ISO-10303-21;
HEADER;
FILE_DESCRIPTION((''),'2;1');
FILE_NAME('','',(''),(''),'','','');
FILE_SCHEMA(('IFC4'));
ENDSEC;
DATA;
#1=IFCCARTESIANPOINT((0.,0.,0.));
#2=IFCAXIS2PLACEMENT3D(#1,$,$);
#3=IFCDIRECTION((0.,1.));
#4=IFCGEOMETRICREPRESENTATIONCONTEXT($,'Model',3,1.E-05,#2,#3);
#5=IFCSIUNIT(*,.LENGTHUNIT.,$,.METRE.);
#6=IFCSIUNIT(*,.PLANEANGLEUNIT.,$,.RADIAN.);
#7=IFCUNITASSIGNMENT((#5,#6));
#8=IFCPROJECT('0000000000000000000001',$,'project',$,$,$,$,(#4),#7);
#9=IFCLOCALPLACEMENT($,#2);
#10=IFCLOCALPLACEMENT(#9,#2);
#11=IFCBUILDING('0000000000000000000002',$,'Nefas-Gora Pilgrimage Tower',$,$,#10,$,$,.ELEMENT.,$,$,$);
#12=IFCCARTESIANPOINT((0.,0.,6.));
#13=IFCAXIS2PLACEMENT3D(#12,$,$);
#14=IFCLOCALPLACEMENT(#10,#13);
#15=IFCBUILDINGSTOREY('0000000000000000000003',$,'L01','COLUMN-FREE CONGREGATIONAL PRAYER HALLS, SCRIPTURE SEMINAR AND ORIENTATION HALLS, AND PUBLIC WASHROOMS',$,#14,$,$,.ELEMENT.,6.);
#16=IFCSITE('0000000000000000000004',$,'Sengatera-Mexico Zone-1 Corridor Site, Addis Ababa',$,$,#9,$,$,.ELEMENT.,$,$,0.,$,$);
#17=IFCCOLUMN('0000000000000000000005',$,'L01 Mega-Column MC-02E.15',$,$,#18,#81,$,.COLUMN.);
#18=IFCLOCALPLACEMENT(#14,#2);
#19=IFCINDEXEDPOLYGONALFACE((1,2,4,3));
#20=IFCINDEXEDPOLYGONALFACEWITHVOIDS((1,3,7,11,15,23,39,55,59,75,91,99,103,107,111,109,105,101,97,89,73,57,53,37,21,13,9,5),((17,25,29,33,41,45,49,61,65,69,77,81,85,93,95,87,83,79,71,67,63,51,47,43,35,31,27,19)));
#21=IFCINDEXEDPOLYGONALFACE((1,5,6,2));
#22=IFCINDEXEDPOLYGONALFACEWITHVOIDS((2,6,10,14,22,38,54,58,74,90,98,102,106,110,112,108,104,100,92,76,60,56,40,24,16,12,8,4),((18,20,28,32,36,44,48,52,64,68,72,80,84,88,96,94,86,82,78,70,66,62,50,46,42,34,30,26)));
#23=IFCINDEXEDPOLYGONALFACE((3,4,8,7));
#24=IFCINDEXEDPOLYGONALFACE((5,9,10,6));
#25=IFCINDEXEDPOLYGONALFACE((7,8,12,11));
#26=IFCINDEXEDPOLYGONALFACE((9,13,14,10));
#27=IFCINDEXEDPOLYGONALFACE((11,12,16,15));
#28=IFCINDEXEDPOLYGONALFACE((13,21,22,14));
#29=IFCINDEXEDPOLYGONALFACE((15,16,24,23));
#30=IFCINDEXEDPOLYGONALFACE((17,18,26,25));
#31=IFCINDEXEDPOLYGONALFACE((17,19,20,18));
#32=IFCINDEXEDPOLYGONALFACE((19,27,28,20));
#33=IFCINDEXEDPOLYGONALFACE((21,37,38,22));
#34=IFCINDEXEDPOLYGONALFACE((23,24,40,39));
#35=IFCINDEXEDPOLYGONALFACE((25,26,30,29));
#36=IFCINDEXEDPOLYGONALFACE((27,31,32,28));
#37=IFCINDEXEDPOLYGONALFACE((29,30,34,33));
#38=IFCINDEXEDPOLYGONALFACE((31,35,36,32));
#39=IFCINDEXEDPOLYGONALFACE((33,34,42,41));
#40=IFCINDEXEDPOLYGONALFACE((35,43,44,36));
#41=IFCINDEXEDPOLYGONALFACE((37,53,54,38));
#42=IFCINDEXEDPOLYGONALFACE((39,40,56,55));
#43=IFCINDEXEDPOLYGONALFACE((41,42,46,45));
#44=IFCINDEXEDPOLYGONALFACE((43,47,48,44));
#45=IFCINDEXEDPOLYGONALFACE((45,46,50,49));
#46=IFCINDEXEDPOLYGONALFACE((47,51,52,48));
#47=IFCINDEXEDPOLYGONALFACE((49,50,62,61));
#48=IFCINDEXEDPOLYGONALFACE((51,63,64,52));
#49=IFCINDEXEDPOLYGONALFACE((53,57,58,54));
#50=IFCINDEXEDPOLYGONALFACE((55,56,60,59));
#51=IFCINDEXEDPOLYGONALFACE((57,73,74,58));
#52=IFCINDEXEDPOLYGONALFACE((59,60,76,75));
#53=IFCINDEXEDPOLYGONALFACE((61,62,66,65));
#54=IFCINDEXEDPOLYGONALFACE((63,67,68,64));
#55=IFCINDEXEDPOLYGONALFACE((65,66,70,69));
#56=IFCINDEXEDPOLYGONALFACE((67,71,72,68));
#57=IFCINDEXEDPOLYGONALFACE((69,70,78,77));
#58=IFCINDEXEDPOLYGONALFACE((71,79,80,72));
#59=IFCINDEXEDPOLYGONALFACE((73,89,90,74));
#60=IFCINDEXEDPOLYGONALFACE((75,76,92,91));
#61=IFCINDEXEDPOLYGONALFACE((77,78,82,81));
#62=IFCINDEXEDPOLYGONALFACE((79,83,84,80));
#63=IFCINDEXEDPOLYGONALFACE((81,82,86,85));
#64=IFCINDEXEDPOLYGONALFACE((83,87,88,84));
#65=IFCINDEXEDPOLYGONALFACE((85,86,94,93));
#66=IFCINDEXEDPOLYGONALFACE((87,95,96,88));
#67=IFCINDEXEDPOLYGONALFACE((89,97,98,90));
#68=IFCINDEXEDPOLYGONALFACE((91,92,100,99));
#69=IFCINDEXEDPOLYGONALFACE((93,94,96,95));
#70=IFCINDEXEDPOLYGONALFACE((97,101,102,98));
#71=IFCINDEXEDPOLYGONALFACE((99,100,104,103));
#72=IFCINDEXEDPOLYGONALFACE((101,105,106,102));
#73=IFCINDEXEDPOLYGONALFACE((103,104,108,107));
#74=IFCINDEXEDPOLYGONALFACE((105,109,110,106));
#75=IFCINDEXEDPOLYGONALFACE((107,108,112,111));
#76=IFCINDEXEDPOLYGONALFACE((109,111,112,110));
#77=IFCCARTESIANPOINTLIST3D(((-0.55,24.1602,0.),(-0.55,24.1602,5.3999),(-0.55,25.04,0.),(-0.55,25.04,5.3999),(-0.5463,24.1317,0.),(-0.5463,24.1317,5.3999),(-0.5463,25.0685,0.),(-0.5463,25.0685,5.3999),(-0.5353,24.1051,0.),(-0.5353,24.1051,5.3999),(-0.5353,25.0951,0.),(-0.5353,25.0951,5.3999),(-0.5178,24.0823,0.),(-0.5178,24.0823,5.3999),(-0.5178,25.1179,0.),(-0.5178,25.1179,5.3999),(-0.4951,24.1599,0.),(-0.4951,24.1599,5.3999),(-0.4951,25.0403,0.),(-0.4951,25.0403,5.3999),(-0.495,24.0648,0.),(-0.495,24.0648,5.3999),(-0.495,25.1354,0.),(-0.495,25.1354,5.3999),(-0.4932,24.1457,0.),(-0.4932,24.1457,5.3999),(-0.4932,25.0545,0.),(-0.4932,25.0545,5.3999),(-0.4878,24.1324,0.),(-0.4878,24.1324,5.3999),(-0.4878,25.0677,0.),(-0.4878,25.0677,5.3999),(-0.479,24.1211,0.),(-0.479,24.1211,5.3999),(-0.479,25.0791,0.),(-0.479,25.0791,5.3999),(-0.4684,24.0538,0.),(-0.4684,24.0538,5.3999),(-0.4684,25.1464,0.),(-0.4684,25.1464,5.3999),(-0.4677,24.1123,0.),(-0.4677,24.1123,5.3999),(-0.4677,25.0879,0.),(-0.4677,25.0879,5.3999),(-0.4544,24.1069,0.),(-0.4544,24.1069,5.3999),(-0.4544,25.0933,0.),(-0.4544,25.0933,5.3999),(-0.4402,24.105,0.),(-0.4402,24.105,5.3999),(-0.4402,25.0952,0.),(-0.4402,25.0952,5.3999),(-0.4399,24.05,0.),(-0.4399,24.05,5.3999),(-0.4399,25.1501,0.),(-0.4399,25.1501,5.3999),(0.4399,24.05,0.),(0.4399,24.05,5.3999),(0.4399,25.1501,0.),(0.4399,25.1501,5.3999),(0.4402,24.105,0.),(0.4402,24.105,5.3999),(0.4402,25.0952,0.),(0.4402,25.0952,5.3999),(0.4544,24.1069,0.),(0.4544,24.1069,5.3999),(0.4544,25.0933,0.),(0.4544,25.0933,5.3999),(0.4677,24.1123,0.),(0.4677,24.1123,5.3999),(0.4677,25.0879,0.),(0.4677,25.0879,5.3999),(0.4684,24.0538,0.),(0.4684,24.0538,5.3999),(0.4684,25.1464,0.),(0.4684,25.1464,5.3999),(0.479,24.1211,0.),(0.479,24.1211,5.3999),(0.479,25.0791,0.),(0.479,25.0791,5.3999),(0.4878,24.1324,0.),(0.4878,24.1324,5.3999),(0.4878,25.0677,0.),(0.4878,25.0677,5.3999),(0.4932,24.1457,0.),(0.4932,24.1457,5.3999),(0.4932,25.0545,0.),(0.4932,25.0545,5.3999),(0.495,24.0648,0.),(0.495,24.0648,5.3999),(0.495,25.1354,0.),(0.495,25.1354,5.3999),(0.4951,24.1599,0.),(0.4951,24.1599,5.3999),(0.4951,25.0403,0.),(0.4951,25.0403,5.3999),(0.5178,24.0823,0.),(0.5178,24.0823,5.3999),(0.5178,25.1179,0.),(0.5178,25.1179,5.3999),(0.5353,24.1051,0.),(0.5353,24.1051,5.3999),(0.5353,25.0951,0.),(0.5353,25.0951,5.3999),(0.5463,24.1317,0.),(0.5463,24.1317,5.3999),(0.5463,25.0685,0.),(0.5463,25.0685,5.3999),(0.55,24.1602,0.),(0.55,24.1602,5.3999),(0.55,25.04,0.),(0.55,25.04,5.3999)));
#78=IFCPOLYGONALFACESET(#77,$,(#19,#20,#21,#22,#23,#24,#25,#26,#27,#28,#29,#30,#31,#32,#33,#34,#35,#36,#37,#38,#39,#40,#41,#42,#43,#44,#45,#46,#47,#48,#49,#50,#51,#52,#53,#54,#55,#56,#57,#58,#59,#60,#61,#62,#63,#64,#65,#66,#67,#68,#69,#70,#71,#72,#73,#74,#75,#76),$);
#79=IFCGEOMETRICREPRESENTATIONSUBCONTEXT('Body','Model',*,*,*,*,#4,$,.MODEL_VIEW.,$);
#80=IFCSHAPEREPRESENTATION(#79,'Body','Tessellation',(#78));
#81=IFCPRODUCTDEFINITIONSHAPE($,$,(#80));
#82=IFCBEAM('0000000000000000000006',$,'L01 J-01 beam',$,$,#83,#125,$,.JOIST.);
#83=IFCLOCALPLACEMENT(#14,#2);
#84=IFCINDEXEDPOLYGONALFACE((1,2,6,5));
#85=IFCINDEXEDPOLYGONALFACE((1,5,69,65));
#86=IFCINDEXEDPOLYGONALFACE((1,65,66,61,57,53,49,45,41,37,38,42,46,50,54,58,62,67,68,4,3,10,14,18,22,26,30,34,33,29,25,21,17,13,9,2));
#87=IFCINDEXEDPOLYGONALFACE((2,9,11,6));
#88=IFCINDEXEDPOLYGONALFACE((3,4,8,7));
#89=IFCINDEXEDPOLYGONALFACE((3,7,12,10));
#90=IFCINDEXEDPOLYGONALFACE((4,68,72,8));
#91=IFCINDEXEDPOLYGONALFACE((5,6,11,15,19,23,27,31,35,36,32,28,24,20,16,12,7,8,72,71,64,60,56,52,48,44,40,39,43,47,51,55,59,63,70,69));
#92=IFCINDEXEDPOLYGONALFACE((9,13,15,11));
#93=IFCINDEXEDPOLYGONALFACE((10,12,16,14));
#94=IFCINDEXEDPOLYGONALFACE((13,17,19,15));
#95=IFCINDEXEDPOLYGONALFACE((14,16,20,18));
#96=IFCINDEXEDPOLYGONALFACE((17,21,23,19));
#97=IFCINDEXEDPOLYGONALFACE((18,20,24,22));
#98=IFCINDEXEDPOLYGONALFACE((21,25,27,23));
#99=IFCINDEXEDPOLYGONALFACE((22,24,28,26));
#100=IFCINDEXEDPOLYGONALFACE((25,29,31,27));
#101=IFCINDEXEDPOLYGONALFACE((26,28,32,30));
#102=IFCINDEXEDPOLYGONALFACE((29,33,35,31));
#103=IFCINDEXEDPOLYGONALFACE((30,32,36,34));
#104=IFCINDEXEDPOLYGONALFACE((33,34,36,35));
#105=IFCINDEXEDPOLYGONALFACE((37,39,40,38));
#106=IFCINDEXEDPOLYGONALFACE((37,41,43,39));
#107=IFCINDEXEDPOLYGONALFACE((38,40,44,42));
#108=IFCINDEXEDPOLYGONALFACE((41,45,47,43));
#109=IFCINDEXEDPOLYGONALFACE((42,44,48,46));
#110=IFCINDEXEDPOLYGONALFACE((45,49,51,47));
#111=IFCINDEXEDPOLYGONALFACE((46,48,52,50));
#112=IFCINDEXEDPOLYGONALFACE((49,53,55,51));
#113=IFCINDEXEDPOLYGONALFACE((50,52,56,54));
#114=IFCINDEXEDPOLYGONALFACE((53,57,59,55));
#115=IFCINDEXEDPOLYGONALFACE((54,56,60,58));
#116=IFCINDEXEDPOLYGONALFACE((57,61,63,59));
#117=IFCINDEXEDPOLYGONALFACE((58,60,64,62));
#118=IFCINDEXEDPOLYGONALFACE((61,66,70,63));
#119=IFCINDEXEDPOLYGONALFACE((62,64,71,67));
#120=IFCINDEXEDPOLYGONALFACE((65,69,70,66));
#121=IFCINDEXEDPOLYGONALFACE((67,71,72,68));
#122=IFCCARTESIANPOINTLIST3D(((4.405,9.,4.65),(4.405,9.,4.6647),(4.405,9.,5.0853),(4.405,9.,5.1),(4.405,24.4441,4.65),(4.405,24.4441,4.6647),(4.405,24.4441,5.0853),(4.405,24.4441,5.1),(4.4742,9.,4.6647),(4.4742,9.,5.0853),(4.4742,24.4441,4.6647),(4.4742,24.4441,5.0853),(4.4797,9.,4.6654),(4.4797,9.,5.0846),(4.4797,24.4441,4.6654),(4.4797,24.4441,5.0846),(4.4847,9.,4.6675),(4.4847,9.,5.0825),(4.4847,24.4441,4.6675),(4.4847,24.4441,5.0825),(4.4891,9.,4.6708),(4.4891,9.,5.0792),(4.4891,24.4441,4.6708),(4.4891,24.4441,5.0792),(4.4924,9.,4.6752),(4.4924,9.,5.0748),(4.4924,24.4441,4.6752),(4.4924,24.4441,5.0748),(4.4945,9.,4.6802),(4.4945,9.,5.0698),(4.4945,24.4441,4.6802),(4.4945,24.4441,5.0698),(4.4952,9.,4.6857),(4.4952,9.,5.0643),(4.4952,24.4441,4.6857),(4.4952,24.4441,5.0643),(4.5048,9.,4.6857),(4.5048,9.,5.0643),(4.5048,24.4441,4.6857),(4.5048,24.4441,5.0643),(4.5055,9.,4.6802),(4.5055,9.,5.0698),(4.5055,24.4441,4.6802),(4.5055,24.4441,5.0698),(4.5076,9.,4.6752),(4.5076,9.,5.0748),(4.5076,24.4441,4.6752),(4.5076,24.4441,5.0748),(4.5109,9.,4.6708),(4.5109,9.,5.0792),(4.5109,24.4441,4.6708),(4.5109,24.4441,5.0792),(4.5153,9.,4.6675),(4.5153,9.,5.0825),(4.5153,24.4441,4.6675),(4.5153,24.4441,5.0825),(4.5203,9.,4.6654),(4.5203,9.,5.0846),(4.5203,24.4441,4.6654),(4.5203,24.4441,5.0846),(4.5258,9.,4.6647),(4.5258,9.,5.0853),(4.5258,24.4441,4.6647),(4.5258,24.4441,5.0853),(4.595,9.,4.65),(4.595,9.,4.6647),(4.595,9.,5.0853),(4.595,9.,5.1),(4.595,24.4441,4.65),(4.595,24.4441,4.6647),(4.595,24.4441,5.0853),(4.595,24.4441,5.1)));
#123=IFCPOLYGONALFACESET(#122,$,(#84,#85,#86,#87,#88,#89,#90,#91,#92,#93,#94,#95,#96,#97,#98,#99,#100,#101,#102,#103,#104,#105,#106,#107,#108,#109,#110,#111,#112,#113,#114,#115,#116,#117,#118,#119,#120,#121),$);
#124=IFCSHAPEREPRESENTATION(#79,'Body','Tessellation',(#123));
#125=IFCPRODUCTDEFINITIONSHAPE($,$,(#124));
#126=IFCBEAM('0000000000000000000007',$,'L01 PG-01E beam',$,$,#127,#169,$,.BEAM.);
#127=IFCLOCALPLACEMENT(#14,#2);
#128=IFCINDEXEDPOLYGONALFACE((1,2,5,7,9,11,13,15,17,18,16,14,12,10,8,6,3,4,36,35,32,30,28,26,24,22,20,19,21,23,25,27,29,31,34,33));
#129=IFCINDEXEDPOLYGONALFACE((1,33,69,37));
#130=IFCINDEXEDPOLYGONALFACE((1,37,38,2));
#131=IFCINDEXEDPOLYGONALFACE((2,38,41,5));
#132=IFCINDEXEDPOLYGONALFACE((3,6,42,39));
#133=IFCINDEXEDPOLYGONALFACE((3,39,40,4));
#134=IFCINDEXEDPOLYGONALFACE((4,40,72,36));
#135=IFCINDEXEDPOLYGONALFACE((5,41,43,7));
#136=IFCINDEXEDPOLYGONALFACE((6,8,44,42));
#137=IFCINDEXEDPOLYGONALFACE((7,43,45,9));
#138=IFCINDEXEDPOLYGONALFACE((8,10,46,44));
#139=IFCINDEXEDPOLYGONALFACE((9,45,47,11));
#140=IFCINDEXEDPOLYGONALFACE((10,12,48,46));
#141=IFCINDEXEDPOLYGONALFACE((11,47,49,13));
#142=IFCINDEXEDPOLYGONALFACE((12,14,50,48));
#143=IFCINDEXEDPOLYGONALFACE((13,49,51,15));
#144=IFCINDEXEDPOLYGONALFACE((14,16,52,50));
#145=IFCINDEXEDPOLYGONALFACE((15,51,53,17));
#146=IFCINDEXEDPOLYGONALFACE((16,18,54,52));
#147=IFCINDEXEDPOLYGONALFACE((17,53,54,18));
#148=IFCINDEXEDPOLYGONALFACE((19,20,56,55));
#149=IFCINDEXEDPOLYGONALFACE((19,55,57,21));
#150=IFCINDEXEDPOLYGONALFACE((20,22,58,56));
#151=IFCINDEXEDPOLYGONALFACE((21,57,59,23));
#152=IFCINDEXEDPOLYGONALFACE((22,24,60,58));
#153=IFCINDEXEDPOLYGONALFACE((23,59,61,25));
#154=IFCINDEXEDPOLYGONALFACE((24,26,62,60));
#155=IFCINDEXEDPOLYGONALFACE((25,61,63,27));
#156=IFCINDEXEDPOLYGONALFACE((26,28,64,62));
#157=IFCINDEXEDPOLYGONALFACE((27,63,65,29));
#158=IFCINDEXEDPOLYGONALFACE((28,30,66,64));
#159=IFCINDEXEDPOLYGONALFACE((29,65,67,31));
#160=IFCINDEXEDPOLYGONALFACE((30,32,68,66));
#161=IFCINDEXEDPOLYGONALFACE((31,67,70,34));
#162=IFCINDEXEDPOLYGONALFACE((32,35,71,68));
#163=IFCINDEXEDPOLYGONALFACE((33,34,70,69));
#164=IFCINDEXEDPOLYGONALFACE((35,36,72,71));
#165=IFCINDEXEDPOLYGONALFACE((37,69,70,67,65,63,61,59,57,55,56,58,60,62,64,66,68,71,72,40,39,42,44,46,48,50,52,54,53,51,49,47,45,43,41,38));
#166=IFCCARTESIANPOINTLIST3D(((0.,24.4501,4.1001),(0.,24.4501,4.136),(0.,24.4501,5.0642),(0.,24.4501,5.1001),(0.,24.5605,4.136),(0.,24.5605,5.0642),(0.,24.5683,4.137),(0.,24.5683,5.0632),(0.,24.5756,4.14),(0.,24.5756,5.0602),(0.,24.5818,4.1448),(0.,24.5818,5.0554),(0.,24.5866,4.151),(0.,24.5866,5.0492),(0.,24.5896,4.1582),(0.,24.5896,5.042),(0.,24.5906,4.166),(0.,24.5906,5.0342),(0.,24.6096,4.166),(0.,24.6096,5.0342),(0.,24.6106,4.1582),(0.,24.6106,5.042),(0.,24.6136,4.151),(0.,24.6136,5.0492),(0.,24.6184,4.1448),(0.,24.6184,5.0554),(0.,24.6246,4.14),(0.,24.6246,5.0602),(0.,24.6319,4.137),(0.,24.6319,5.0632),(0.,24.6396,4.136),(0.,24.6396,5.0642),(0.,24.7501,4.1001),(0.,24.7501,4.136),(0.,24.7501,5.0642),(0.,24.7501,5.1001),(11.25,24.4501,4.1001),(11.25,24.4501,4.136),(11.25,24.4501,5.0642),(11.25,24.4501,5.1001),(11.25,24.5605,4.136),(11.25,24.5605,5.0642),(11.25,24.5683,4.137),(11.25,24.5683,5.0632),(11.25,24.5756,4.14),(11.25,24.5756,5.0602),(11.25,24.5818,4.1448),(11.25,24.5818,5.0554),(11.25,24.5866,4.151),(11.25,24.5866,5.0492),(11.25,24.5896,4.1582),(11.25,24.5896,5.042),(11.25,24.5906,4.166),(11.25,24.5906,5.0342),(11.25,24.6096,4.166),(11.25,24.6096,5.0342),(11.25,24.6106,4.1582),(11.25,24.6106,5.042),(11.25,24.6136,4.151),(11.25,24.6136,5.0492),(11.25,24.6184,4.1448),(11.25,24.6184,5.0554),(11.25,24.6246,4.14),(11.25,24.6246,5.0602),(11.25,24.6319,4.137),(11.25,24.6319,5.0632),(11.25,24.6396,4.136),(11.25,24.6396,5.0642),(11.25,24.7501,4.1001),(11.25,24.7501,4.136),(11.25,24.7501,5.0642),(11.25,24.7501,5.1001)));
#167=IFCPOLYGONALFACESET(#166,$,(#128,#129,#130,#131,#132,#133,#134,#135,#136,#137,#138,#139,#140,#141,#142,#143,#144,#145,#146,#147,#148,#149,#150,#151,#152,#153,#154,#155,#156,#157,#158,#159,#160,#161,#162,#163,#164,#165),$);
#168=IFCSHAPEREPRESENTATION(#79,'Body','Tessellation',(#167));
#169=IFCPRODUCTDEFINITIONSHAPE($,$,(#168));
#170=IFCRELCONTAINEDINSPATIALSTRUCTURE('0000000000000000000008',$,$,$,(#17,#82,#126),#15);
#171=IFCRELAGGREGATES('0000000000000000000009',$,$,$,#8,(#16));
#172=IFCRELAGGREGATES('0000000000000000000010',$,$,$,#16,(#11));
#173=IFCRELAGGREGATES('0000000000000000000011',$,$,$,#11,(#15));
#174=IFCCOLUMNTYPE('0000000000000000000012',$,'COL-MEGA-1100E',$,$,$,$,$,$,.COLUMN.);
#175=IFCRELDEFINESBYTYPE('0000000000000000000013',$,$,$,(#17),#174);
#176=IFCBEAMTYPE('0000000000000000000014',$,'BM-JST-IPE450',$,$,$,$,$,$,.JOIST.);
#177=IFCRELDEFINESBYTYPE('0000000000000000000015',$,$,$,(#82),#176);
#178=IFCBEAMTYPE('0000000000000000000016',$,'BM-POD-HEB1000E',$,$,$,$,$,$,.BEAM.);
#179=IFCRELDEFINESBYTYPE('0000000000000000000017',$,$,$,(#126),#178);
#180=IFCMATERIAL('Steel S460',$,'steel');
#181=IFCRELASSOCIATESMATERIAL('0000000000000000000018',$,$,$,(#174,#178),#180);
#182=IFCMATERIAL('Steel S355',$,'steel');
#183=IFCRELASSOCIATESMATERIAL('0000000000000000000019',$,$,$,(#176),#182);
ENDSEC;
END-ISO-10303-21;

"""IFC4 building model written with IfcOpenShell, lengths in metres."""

from ifc_helpers import new_model, si_unit, direction, frame, origin, origin_2d, place, context, subcontext, project, spatial, hollow_rectangle, i_section, extrude, source, transform, mapped, material, material_profile, profile_set, type_object, element, save


model = new_model("IFC4")

# Units and contexts
model_context = context("Model", 3, precision=1e-05, world=origin(), true_north=direction((0.0, 1.0)))
body_context = subcontext(model_context, "Body", "Model", "MODEL_VIEW")
ifc_project = project(units=[si_unit("LENGTHUNIT", "METRE"), si_unit("PLANEANGLEUNIT", "RADIAN")], contexts=[model_context])

# Site, building, storey
site_placement = place(None, origin())
site = spatial("IfcSite", under=ifc_project, at=site_placement, Name="Sengatera-Mexico Zone-1 Corridor Site, Addis Ababa", CompositionType="ELEMENT", RefElevation=0.0)
building_placement = place(site_placement, origin())
building = spatial("IfcBuilding", under=site, at=building_placement, Name="Nefas-Gora Pilgrimage Tower", CompositionType="ELEMENT")
storey_placement = place(building_placement, frame((0.0, 0.0, 6.0)))
storey = spatial("IfcBuildingStorey", under=building, at=storey_placement, Name="L01", Description="COLUMN-FREE CONGREGATIONAL PRAYER HALLS, SCRIPTURE SEMINAR AND ORIENTATION HALLS, AND PUBLIC WASHROOMS", CompositionType="ELEMENT", Elevation=6.0)

# Column
ifc_material_1 = material(Name="Steel S460", Category="steel")
ifc_material_profile_1 = material_profile(ifc_material_1, hollow_rectangle(XDim=1.1001, YDim=1.1001, WallThickness=0.0549, InnerFilletRadius=0.0549, OuterFilletRadius=0.1101, at=origin_2d()), Name="BOX 1100x1100x55")
ifc_profile_set_1 = profile_set([ifc_material_profile_1], Name="Steel S460")
column_type = type_object("IfcColumnType", Name="COL-MEGA-1100E", PredefinedType="COLUMN", material=ifc_profile_set_1)
shared_shape_1 = source(origin(), body_context, "Body", "SweptSolid", [
    extrude(hollow_rectangle(XDim=1.1001, YDim=1.1001, WallThickness=0.0549, InnerFilletRadius=0.0549, OuterFilletRadius=0.1101, at=origin_2d()), origin(), (0.0, 0.0, 1.0), 5.3999),
])
column_placement = place(storey_placement, frame((0.0, 24.6001, 0.0), z_axis=(0.0, 0.0, 1.0), x_axis=(1.0, 0.0, 0.0)))
element("IfcColumn", 1, at=column_placement, inside=storey, type_object=column_type, Name="L01 Mega-Column MC-02E.15", PredefinedType="COLUMN", context=body_context, shape_type="MappedRepresentation", body=[
    mapped(shared_shape_1, transform((0.0, 0.0, 0.0), x_axis=(1.0, 0.0, 0.0), y_axis=(0.0, 1.0, 0.0), z_axis=(0.0, 0.0, 1.0), scale=1.0)),
])

# Beams
ifc_material_2 = material(Name="Steel S355", Category="steel")
ifc_material_profile_2 = material_profile(ifc_material_2, i_section(OverallWidth=0.1899, OverallDepth=0.45, WebThickness=0.0095, FlangeThickness=0.0146, FilletRadius=0.021, at=origin_2d()), Name="IPE 450")
ifc_profile_set_2 = profile_set([ifc_material_profile_2], Name="Steel S355")
beam_type_1 = type_object("IfcBeamType", Name="BM-JST-IPE450", PredefinedType="JOIST", material=ifc_profile_set_2)
shared_shape_2 = source(origin(), body_context, "Body", "SweptSolid", [
    extrude(i_section(OverallWidth=0.1899, OverallDepth=0.45, WebThickness=0.0095, FlangeThickness=0.0146, FilletRadius=0.021, at=origin_2d()), origin(), (0.0, 0.0, 1.0), 15.4441),
])
beam_1_placement = place(storey_placement, frame((4.5, 9.0, 4.875), z_axis=(0.0, 1.0, 0.0), x_axis=(-1.0, 0.0, 0.0)))
element("IfcBeam", 2, at=beam_1_placement, inside=storey, type_object=beam_type_1, Name="L01 J-01 beam", PredefinedType="JOIST", context=body_context, shape_type="MappedRepresentation", body=[
    mapped(shared_shape_2, transform((0.0, 0.0, 0.0), x_axis=(1.0, 0.0, 0.0), y_axis=(0.0, 1.0, 0.0), z_axis=(0.0, 0.0, 1.0), scale=1.0)),
])
ifc_material_profile_3 = material_profile(ifc_material_1, i_section(OverallWidth=0.3, OverallDepth=1.0, WebThickness=0.019, FlangeThickness=0.0359, FilletRadius=0.03, at=origin_2d()), Name="HEB 1000")
ifc_profile_set_3 = profile_set([ifc_material_profile_3], Name="Steel S460")
beam_type_2 = type_object("IfcBeamType", Name="BM-POD-HEB1000E", PredefinedType="BEAM", material=ifc_profile_set_3)
shared_shape_3 = source(origin(), body_context, "Body", "SweptSolid", [
    extrude(i_section(OverallWidth=0.3, OverallDepth=1.0, WebThickness=0.019, FlangeThickness=0.0359, FilletRadius=0.03, at=origin_2d()), origin(), (0.0, 0.0, 1.0), 11.25),
])
beam_2_placement = place(storey_placement, frame((0.0, 24.6001, 4.6001), z_axis=(1.0, 0.0, 0.0), x_axis=(0.0, 1.0, 0.0)))
element("IfcBeam", 3, at=beam_2_placement, inside=storey, type_object=beam_type_2, Name="L01 PG-01E beam", PredefinedType="BEAM", context=body_context, shape_type="MappedRepresentation", body=[
    mapped(shared_shape_3, transform((0.0, 0.0, 0.0), x_axis=(1.0, 0.0, 0.0), y_axis=(0.0, 1.0, 0.0), z_axis=(0.0, 0.0, 1.0), scale=1.0)),
])

save(model, "model.ifc")
